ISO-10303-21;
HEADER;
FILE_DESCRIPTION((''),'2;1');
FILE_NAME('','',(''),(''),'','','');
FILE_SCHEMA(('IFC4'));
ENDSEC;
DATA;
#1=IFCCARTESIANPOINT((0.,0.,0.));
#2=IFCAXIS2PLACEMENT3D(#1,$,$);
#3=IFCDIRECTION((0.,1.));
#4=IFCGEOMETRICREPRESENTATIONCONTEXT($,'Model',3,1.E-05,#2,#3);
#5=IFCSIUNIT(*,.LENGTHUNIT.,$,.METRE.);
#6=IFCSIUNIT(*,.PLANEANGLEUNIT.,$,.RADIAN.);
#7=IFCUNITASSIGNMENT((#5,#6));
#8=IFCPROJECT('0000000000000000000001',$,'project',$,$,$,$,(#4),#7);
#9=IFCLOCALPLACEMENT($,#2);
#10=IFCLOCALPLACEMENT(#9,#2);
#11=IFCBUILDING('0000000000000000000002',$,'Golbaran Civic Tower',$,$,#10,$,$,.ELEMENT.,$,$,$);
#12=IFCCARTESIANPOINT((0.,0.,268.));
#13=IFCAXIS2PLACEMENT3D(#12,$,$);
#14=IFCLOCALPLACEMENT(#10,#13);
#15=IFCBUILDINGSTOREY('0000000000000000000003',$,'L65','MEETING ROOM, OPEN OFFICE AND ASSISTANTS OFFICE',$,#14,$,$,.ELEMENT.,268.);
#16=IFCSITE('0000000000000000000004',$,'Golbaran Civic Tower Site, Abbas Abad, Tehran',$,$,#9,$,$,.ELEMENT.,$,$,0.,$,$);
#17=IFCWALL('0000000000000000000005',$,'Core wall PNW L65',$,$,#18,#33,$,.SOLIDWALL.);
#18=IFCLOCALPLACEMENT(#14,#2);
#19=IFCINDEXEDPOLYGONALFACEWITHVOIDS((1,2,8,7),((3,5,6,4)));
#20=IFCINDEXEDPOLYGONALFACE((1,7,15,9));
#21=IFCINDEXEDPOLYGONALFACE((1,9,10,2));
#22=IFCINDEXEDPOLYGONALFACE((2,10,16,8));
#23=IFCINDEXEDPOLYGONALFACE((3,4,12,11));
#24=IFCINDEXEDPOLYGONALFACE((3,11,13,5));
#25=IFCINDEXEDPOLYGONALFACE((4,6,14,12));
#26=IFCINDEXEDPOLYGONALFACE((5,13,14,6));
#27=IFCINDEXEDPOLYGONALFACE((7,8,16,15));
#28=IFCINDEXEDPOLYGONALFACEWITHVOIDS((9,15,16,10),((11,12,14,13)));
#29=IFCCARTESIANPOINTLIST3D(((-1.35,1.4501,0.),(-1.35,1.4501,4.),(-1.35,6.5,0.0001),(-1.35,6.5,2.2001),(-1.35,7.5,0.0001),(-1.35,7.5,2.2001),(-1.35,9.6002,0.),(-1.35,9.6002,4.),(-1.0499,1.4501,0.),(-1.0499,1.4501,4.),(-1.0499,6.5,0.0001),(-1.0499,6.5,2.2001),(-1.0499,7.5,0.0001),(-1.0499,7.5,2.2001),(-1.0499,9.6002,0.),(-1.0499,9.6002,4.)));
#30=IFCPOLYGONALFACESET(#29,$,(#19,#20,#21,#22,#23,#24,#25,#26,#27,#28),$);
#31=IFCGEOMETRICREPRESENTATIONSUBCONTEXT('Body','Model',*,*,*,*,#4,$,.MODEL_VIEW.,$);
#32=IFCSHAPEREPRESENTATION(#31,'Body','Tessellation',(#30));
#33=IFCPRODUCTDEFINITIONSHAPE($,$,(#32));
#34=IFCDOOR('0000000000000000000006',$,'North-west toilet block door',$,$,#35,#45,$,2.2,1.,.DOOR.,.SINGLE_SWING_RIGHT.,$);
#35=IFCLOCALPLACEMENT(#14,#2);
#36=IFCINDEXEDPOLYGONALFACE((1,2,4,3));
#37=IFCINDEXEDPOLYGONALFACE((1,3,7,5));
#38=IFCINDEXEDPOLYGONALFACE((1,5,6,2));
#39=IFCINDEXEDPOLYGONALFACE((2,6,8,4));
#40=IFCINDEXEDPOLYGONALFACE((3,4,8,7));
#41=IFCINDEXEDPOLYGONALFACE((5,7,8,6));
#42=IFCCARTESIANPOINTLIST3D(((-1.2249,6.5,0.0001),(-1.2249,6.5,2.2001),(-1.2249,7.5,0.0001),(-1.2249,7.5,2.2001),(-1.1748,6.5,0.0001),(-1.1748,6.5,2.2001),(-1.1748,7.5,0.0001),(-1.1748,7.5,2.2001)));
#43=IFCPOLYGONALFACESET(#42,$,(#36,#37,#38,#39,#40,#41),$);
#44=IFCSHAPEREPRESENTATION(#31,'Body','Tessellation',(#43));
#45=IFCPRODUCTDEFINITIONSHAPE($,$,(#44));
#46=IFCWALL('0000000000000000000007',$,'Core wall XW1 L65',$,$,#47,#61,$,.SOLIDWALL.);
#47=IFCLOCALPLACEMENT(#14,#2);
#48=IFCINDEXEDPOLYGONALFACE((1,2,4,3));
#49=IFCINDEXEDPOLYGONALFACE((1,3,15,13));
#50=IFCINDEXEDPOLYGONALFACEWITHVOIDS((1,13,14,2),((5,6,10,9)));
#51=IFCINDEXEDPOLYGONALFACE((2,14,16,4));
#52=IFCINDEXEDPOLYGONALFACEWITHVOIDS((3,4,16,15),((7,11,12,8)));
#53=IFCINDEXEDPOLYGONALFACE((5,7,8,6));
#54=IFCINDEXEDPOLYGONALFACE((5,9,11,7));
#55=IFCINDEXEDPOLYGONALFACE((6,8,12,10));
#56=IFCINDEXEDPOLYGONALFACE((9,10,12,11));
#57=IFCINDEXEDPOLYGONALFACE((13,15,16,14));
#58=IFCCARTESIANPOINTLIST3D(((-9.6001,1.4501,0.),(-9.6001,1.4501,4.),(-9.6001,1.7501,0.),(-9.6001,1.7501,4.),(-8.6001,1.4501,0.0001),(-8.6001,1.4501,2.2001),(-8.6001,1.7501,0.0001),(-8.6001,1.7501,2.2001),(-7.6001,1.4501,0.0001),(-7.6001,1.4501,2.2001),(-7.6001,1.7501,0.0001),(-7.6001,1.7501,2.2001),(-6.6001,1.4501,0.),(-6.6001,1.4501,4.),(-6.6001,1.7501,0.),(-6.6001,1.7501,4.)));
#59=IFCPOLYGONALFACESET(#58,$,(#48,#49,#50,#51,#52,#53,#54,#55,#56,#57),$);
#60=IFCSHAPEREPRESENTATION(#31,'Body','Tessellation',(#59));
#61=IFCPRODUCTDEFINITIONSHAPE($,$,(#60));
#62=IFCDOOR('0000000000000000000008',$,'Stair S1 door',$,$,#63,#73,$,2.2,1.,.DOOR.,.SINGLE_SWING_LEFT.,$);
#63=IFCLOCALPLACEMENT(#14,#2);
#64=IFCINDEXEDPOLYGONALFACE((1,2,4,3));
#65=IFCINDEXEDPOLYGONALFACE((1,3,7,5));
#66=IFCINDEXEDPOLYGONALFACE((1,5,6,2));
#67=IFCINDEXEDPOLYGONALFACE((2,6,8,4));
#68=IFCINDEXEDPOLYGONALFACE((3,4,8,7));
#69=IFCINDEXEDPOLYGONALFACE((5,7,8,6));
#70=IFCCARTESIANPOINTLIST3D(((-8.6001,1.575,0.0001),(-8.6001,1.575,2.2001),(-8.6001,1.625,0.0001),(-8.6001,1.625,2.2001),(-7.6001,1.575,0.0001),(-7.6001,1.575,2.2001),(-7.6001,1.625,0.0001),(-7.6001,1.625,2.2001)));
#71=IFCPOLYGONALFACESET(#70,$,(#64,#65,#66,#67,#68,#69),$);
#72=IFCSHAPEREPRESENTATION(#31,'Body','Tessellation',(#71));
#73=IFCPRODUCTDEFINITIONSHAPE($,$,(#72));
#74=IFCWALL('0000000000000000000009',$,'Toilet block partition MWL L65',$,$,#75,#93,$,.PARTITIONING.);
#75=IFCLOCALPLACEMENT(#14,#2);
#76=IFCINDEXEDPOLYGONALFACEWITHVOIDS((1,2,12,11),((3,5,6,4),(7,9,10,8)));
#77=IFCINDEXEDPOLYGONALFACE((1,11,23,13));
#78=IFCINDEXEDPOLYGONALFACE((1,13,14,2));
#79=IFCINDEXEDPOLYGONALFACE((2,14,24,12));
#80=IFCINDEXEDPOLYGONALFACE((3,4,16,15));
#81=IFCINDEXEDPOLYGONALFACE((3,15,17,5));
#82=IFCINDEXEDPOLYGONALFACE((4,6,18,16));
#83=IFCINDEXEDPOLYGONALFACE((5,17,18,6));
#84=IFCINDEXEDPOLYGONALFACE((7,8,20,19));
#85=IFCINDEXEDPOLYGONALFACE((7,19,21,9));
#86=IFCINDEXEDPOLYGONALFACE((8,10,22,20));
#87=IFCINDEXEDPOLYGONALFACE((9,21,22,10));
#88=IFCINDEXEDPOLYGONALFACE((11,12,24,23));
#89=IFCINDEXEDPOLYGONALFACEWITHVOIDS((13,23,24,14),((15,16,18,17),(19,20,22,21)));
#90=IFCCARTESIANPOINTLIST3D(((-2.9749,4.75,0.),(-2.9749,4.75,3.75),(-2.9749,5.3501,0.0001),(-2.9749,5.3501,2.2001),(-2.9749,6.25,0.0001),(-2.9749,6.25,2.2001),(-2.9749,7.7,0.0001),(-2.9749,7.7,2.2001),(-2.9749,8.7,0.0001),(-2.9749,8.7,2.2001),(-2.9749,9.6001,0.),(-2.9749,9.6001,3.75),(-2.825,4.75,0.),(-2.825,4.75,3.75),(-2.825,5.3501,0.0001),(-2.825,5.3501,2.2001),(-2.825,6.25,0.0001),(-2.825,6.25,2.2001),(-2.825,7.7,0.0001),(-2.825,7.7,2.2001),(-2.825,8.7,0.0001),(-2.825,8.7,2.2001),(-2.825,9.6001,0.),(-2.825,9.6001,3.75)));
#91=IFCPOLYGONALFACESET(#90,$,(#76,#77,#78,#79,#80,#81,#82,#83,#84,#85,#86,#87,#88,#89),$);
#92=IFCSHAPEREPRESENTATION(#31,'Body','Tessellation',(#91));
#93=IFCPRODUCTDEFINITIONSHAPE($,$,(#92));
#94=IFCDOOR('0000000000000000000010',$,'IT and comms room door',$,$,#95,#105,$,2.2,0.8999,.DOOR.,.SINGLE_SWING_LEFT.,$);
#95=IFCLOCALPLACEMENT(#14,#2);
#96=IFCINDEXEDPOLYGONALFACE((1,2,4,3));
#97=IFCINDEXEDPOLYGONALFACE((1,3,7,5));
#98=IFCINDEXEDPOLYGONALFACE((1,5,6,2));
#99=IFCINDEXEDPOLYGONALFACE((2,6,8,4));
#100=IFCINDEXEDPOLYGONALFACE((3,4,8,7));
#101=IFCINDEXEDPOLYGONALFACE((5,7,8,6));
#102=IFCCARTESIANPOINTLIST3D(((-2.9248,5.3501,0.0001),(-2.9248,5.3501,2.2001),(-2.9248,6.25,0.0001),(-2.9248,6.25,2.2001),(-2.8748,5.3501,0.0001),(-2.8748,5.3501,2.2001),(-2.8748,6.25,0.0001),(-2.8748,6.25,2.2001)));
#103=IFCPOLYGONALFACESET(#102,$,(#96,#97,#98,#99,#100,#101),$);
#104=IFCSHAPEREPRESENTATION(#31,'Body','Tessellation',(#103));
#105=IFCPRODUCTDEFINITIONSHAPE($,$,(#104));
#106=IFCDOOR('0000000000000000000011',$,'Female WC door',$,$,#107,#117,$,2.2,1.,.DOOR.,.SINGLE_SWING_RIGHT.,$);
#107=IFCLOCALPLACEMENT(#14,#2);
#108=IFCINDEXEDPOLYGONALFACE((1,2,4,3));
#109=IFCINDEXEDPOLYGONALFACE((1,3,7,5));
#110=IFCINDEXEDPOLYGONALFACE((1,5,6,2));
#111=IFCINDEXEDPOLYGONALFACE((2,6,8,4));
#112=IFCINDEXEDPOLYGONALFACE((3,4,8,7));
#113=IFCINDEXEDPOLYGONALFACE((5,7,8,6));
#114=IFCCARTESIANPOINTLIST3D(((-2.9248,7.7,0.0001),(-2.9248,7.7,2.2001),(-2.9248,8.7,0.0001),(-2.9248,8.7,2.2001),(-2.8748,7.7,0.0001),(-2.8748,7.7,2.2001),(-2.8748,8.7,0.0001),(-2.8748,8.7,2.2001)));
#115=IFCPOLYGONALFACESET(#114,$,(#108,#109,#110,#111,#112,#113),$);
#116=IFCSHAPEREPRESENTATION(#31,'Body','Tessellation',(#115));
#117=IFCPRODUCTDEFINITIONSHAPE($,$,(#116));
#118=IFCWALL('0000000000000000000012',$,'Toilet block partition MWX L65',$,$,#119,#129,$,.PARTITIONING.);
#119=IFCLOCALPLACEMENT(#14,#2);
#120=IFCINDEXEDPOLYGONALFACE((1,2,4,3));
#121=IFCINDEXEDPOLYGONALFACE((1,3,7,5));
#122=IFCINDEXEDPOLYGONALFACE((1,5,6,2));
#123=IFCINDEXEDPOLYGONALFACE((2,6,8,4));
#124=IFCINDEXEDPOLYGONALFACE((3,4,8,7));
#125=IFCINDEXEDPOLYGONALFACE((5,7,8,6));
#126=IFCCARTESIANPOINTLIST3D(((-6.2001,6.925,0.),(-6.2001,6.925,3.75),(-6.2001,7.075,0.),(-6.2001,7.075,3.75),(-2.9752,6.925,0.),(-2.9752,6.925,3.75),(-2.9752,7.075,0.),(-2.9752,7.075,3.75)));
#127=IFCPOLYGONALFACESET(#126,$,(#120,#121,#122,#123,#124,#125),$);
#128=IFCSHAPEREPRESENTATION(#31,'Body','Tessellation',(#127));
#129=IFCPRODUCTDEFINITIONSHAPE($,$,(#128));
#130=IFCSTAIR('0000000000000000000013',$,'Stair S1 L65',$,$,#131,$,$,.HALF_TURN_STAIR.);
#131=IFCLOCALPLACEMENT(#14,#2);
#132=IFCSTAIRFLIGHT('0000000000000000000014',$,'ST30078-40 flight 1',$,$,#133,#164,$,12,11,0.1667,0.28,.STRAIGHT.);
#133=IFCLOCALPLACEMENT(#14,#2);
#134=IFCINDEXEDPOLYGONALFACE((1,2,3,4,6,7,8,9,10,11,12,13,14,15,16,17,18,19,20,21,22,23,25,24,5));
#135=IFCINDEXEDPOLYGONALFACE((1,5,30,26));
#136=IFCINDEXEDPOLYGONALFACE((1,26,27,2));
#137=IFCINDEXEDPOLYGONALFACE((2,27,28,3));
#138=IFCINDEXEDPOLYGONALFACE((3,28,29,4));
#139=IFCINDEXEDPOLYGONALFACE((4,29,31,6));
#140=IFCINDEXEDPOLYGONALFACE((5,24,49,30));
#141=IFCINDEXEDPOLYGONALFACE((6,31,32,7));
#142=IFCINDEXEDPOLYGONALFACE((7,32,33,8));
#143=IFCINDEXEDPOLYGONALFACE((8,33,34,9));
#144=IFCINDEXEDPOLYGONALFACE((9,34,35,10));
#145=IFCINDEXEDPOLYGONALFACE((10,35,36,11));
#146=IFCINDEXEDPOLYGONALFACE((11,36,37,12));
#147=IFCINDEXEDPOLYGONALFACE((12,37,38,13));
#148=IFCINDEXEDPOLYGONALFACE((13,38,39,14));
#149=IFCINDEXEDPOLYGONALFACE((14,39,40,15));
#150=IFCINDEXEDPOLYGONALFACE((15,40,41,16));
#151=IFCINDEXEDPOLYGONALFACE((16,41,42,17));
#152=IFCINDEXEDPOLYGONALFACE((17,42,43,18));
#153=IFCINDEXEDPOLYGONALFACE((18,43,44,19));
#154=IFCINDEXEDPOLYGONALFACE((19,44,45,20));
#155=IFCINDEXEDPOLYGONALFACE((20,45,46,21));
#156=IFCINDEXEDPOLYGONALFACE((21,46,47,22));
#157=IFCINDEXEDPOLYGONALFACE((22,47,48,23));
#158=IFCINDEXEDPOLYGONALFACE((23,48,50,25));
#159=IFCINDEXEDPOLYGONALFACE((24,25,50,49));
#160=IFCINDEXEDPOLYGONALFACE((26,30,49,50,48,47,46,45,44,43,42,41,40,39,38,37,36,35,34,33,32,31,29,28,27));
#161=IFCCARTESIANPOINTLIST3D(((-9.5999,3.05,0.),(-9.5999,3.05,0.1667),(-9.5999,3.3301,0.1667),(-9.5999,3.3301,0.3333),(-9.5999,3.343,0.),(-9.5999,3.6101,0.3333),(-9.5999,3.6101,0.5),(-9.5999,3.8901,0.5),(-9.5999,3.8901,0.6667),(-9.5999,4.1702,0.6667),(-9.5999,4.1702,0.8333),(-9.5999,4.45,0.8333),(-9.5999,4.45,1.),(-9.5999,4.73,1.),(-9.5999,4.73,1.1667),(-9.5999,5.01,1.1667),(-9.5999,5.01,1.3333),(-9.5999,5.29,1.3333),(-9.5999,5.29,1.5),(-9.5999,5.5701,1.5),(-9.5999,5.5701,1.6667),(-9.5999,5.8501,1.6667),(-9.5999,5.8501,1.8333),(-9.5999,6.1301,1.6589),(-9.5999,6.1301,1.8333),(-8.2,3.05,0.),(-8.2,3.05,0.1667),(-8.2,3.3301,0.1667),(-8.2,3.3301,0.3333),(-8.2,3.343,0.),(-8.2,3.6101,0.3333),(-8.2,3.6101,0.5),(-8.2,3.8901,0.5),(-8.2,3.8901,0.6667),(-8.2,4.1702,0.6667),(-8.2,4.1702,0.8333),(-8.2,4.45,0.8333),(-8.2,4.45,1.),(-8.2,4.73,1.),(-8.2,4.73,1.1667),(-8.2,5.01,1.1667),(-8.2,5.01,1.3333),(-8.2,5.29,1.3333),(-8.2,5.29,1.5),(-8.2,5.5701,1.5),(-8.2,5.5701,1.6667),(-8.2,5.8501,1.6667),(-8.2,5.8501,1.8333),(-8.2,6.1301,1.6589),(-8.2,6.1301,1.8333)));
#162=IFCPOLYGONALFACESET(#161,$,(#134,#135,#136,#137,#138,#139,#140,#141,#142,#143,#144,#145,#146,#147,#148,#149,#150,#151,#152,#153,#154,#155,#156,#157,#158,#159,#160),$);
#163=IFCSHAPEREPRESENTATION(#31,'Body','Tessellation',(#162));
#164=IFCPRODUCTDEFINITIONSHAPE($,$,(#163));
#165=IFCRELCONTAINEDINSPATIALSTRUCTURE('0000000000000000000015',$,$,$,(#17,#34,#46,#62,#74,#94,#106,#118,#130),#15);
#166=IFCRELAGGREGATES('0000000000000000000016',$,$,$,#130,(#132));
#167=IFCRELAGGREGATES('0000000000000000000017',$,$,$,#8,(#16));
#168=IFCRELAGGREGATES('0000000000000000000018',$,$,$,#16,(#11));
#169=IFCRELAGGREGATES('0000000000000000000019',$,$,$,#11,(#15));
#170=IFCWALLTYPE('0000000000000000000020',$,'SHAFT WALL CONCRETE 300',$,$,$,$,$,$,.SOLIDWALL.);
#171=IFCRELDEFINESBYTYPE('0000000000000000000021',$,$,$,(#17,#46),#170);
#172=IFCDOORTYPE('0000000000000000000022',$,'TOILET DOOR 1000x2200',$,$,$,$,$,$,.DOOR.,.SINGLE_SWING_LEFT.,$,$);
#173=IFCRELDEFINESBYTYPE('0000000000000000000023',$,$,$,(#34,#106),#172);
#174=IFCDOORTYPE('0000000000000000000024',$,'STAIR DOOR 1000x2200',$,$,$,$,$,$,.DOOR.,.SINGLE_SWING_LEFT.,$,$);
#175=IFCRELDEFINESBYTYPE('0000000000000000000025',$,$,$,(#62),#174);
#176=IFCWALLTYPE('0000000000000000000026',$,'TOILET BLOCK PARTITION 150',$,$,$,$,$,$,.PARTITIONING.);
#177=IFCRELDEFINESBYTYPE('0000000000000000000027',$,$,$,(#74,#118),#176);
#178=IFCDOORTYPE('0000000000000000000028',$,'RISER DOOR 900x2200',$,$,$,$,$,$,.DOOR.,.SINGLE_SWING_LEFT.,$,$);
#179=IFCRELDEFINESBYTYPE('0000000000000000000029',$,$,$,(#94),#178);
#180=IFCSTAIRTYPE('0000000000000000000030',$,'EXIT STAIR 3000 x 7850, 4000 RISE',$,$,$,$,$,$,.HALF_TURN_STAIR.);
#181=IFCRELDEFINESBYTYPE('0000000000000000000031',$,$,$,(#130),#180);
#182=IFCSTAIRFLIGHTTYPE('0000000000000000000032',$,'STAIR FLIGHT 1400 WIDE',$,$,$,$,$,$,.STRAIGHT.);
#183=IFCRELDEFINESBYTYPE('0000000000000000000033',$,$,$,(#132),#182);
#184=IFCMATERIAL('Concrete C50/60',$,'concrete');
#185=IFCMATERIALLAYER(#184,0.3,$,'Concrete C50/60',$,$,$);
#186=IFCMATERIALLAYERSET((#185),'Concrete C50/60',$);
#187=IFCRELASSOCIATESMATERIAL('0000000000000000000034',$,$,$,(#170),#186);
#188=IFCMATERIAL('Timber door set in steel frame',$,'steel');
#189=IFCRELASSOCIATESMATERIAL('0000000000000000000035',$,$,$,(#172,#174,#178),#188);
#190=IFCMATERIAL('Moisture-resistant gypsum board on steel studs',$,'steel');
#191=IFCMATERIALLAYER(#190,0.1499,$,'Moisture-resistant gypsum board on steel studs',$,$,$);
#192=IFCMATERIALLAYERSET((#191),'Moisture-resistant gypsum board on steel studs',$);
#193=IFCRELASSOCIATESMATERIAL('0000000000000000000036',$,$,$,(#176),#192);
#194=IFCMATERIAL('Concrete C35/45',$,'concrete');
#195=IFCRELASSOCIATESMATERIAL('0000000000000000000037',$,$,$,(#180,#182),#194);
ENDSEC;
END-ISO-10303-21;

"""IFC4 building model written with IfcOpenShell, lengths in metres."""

from ifc_helpers import new_model, si_unit, direction, frame, frame_2d, origin, place, context, subcontext, project, spatial, polyline, rectangle, outline, extrude, material, layer, layer_set, type_object, element, fill, aggregate, save


model = new_model("IFC4")

# Units and contexts
model_context = context("Model", 3, precision=1e-05, world=origin(), true_north=direction((0.0, 1.0)))
body_context = subcontext(model_context, "Body", "Model", "MODEL_VIEW")
ifc_project = project(units=[si_unit("LENGTHUNIT", "METRE"), si_unit("PLANEANGLEUNIT", "RADIAN")], contexts=[model_context])

# Site, building, storey
site_placement = place(None, origin())
site = spatial("IfcSite", under=ifc_project, at=site_placement, Name="Golbaran Civic Tower Site, Abbas Abad, Tehran", CompositionType="ELEMENT", RefElevation=0.0)
building_placement = place(site_placement, origin())
building = spatial("IfcBuilding", under=site, at=building_placement, Name="Golbaran Civic Tower", CompositionType="ELEMENT")
storey_placement = place(building_placement, frame((0.0, 0.0, 268.0)))
storey = spatial("IfcBuildingStorey", under=building, at=storey_placement, Name="L65", Description="MEETING ROOM, OPEN OFFICE AND ASSISTANTS OFFICE", CompositionType="ELEMENT", Elevation=268.0)

# Shared definitions
ifc_material_1 = material(Name="Timber door set in steel frame", Category="steel")

# Shared definitions
ifc_material_2 = material(Name="Concrete C50/60", Category="concrete")
ifc_layer_1 = layer(ifc_material_2, 0.3, Name="Concrete C50/60")
ifc_layer_set_1 = layer_set([ifc_layer_1], Name="Concrete C50/60")
wall_type_1 = type_object("IfcWallType", Name="SHAFT WALL CONCRETE 300", PredefinedType="SOLIDWALL", material=ifc_layer_set_1)

# Walls, openings, doors
wall_1_placement = place(storey_placement, frame((-1.2, 1.45, 0.0), z_axis=(0.0, 0.0, 1.0), x_axis=(0.0, 1.0, 0.0)))
wall_1 = element("IfcWall", 1, at=wall_1_placement, inside=storey, type_object=wall_type_1, Name="Core wall PNW L65", PredefinedType="SOLIDWALL", context=body_context, shape_type="SweptSolid", body=[
    extrude(rectangle(XDim=8.1501, YDim=0.3, at=frame_2d((4.0752, 0.0))), origin(), (0.0, 0.0, 1.0), 4.0),
])
opening_1_placement = place(wall_1_placement, frame((5.05, 0.0, 0.0)))
opening_1 = element("IfcOpeningElement", 2, at=opening_1_placement, cuts=wall_1, PredefinedType="OPENING", context=body_context, shape_type="SweptSolid", body=[
    extrude(rectangle(XDim=1.0, YDim=2.2, at=frame_2d((0.5, 1.1001))), frame((0.0, 0.1599, 0.0), z_axis=(0.0, -1.0, 0.0), x_axis=(1.0, 0.0, 0.0)), (0.0, 0.0, 1.0), 0.3201),
])
door_type_1 = type_object("IfcDoorType", Name="TOILET DOOR 1000x2200", OperationType="SINGLE_SWING_LEFT", PredefinedType="DOOR", material=ifc_material_1)
door_1_placement = place(opening_1_placement, origin())
door_1 = element("IfcDoor", 3, at=door_1_placement, inside=storey, type_object=door_type_1, Name="North-west toilet block door", OperationType="SINGLE_SWING_RIGHT", OverallHeight=2.2, OverallWidth=1.0, PredefinedType="DOOR", context=body_context, shape_type="SweptSolid", body=[
    extrude(rectangle(XDim=1.0, YDim=2.2, at=frame_2d((0.5, 1.1001))), frame((0.0, 0.0249, 0.0), z_axis=(0.0, -1.0, 0.0), x_axis=(1.0, 0.0, 0.0)), (0.0, 0.0, 1.0), 0.05),
])
fill(opening_1, door_1)
wall_2_placement = place(storey_placement, frame((-9.6001, 1.6001, 0.0), z_axis=(0.0, 0.0, 1.0), x_axis=(1.0, 0.0, 0.0)))
wall_2 = element("IfcWall", 4, at=wall_2_placement, inside=storey, type_object=wall_type_1, Name="Core wall XW1 L65", PredefinedType="SOLIDWALL", context=body_context, shape_type="SweptSolid", body=[
    extrude(rectangle(XDim=3.0, YDim=0.3, at=frame_2d((1.5, 0.0))), origin(), (0.0, 0.0, 1.0), 4.0),
])
opening_2_placement = place(wall_2_placement, frame((1.0, 0.0, 0.0)))
opening_2 = element("IfcOpeningElement", 5, at=opening_2_placement, cuts=wall_2, PredefinedType="OPENING", context=body_context, shape_type="SweptSolid", body=[
    extrude(rectangle(XDim=1.0, YDim=2.2, at=frame_2d((0.5, 1.1001))), frame((0.0, 0.1599, 0.0), z_axis=(0.0, -1.0, 0.0), x_axis=(1.0, 0.0, 0.0)), (0.0, 0.0, 1.0), 0.3201),
])
door_type_2 = type_object("IfcDoorType", Name="STAIR DOOR 1000x2200", OperationType="SINGLE_SWING_LEFT", PredefinedType="DOOR", material=ifc_material_1)
door_2_placement = place(opening_2_placement, origin())
door_2 = element("IfcDoor", 6, at=door_2_placement, inside=storey, type_object=door_type_2, Name="Stair S1 door", OperationType="SINGLE_SWING_LEFT", OverallHeight=2.2, OverallWidth=1.0, PredefinedType="DOOR", context=body_context, shape_type="SweptSolid", body=[
    extrude(rectangle(XDim=1.0, YDim=2.2, at=frame_2d((0.5, 1.1001))), frame((0.0, 0.0249, 0.0), z_axis=(0.0, -1.0, 0.0), x_axis=(1.0, 0.0, 0.0)), (0.0, 0.0, 1.0), 0.05),
])
fill(opening_2, door_2)

# Wall, openings, doors
ifc_material_3 = material(Name="Moisture-resistant gypsum board on steel studs", Category="steel")
ifc_layer_2 = layer(ifc_material_3, 0.1499, Name="Moisture-resistant gypsum board on steel studs")
ifc_layer_set_2 = layer_set([ifc_layer_2], Name="Moisture-resistant gypsum board on steel studs")
wall_type_2 = type_object("IfcWallType", Name="TOILET BLOCK PARTITION 150", PredefinedType="PARTITIONING", material=ifc_layer_set_2)
wall_3_placement = place(storey_placement, frame((-2.8999, 4.75, 0.0), z_axis=(0.0, 0.0, 1.0), x_axis=(0.0, 1.0, 0.0)))
wall_3 = element("IfcWall", 7, at=wall_3_placement, inside=storey, type_object=wall_type_2, Name="Toilet block partition MWL L65", PredefinedType="PARTITIONING", context=body_context, shape_type="SweptSolid", body=[
    extrude(rectangle(XDim=4.8501, YDim=0.1499, at=frame_2d((2.425, 0.0))), origin(), (0.0, 0.0, 1.0), 3.75),
])
opening_3_placement = place(wall_3_placement, frame((2.95, 0.0, 0.0)))
opening_3 = element("IfcOpeningElement", 8, at=opening_3_placement, cuts=wall_3, PredefinedType="OPENING", context=body_context, shape_type="SweptSolid", body=[
    extrude(rectangle(XDim=1.0, YDim=2.2, at=frame_2d((0.5, 1.1001))), frame((0.0, 0.085, 0.0), z_axis=(0.0, -1.0, 0.0), x_axis=(1.0, 0.0, 0.0)), (0.0, 0.0, 1.0), 0.1699),
])
opening_4_placement = place(wall_3_placement, frame((0.6001, 0.0, 0.0)))
opening_4 = element("IfcOpeningElement", 9, at=opening_4_placement, cuts=wall_3, PredefinedType="OPENING", context=body_context, shape_type="SweptSolid", body=[
    extrude(rectangle(XDim=0.8999, YDim=2.2, at=frame_2d((0.45, 1.1001))), frame((0.0, 0.085, 0.0), z_axis=(0.0, -1.0, 0.0), x_axis=(1.0, 0.0, 0.0)), (0.0, 0.0, 1.0), 0.1699),
])
door_type_3 = type_object("IfcDoorType", Name="RISER DOOR 900x2200", OperationType="SINGLE_SWING_LEFT", PredefinedType="DOOR", material=ifc_material_1)
door_3_placement = place(opening_4_placement, origin())
door_3 = element("IfcDoor", 10, at=door_3_placement, inside=storey, type_object=door_type_3, Name="IT and comms room door", OperationType="SINGLE_SWING_LEFT", OverallHeight=2.2, OverallWidth=0.8999, PredefinedType="DOOR", context=body_context, shape_type="SweptSolid", body=[
    extrude(rectangle(XDim=0.8999, YDim=2.2, at=frame_2d((0.45, 1.1001))), frame((0.0, 0.0249, 0.0), z_axis=(0.0, -1.0, 0.0), x_axis=(1.0, 0.0, 0.0)), (0.0, 0.0, 1.0), 0.05),
])
fill(opening_4, door_3)
door_4_placement = place(opening_3_placement, origin())
door_4 = element("IfcDoor", 11, at=door_4_placement, inside=storey, type_object=door_type_1, Name="Female WC door", OperationType="SINGLE_SWING_RIGHT", OverallHeight=2.2, OverallWidth=1.0, PredefinedType="DOOR", context=body_context, shape_type="SweptSolid", body=[
    extrude(rectangle(XDim=1.0, YDim=2.2, at=frame_2d((0.5, 1.1001))), frame((0.0, 0.0249, 0.0), z_axis=(0.0, -1.0, 0.0), x_axis=(1.0, 0.0, 0.0)), (0.0, 0.0, 1.0), 0.05),
])
fill(opening_3, door_4)

# Wall
wall_4_placement = place(storey_placement, frame((-6.2, 7.0, 0.0), z_axis=(0.0, 0.0, 1.0), x_axis=(1.0, 0.0, 0.0)))
element("IfcWall", 12, at=wall_4_placement, inside=storey, type_object=wall_type_2, Name="Toilet block partition MWX L65", PredefinedType="PARTITIONING", context=body_context, shape_type="SweptSolid", body=[
    extrude(rectangle(XDim=3.2249, YDim=0.1499, at=frame_2d((1.6123, 0.0))), origin(), (0.0, 0.0, 1.0), 3.75),
])

# Stair, stair flight
ifc_material_4 = material(Name="Concrete C35/45", Category="concrete")
stair_type = type_object("IfcStairType", Name="EXIT STAIR 3000 x 7850, 4000 RISE", PredefinedType="HALF_TURN_STAIR", material=ifc_material_4)
stair_placement = place(storey_placement, origin())
stair = element("IfcStair", 13, at=stair_placement, inside=storey, type_object=stair_type, Name="Stair S1 L65", PredefinedType="HALF_TURN_STAIR")
stair_flight_type = type_object("IfcStairFlightType", Name="STAIR FLIGHT 1400 WIDE", PredefinedType="STRAIGHT", material=ifc_material_4)
stair_flight_1_placement = place(storey_placement, frame((-8.8999, 3.05, 0.0), z_axis=(0.0, 0.0, 1.0), x_axis=(0.0, 1.0, 0.0)))
stair_flight_1 = element("IfcStairFlight", 14, at=stair_flight_1_placement, type_object=stair_flight_type, Name="ST30078-40 flight 1", NumberOfRisers=12, NumberOfTreads=11, PredefinedType="STRAIGHT", RiserHeight=0.1667, TreadLength=0.28, context=body_context, shape_type="SweptSolid", body=[
    extrude(outline(polyline([(0.0, 0.0), (0.0, 0.1667), (0.28, 0.1667), (0.28, 0.3333), (0.5601, 0.3333), (0.5601, 0.5), (0.8401, 0.5), (0.8401, 0.6667), (1.1201, 0.6667), (1.1201, 0.8333), (1.3999, 0.8333), (1.3999, 1.0), (1.6799, 1.0), (1.6799, 1.1667), (1.96, 1.1667), (1.96, 1.3333), (2.24, 1.3333), (2.24, 1.5), (2.52, 1.5), (2.52, 1.6667), (2.8, 1.6667), (2.8, 1.8333), (3.0801, 1.8333), (3.0801, 2.0), (3.0801, 1.6589), (0.293, 0.0), (0.0, 0.0)])), frame((0.0, 0.7, 0.0), z_axis=(0.0, -1.0, 0.0), x_axis=(1.0, 0.0, 0.0)), (0.0, 0.0, 1.0), 1.3999),
])
aggregate(stair, [stair_flight_1])

save(model, "model.ifc")
